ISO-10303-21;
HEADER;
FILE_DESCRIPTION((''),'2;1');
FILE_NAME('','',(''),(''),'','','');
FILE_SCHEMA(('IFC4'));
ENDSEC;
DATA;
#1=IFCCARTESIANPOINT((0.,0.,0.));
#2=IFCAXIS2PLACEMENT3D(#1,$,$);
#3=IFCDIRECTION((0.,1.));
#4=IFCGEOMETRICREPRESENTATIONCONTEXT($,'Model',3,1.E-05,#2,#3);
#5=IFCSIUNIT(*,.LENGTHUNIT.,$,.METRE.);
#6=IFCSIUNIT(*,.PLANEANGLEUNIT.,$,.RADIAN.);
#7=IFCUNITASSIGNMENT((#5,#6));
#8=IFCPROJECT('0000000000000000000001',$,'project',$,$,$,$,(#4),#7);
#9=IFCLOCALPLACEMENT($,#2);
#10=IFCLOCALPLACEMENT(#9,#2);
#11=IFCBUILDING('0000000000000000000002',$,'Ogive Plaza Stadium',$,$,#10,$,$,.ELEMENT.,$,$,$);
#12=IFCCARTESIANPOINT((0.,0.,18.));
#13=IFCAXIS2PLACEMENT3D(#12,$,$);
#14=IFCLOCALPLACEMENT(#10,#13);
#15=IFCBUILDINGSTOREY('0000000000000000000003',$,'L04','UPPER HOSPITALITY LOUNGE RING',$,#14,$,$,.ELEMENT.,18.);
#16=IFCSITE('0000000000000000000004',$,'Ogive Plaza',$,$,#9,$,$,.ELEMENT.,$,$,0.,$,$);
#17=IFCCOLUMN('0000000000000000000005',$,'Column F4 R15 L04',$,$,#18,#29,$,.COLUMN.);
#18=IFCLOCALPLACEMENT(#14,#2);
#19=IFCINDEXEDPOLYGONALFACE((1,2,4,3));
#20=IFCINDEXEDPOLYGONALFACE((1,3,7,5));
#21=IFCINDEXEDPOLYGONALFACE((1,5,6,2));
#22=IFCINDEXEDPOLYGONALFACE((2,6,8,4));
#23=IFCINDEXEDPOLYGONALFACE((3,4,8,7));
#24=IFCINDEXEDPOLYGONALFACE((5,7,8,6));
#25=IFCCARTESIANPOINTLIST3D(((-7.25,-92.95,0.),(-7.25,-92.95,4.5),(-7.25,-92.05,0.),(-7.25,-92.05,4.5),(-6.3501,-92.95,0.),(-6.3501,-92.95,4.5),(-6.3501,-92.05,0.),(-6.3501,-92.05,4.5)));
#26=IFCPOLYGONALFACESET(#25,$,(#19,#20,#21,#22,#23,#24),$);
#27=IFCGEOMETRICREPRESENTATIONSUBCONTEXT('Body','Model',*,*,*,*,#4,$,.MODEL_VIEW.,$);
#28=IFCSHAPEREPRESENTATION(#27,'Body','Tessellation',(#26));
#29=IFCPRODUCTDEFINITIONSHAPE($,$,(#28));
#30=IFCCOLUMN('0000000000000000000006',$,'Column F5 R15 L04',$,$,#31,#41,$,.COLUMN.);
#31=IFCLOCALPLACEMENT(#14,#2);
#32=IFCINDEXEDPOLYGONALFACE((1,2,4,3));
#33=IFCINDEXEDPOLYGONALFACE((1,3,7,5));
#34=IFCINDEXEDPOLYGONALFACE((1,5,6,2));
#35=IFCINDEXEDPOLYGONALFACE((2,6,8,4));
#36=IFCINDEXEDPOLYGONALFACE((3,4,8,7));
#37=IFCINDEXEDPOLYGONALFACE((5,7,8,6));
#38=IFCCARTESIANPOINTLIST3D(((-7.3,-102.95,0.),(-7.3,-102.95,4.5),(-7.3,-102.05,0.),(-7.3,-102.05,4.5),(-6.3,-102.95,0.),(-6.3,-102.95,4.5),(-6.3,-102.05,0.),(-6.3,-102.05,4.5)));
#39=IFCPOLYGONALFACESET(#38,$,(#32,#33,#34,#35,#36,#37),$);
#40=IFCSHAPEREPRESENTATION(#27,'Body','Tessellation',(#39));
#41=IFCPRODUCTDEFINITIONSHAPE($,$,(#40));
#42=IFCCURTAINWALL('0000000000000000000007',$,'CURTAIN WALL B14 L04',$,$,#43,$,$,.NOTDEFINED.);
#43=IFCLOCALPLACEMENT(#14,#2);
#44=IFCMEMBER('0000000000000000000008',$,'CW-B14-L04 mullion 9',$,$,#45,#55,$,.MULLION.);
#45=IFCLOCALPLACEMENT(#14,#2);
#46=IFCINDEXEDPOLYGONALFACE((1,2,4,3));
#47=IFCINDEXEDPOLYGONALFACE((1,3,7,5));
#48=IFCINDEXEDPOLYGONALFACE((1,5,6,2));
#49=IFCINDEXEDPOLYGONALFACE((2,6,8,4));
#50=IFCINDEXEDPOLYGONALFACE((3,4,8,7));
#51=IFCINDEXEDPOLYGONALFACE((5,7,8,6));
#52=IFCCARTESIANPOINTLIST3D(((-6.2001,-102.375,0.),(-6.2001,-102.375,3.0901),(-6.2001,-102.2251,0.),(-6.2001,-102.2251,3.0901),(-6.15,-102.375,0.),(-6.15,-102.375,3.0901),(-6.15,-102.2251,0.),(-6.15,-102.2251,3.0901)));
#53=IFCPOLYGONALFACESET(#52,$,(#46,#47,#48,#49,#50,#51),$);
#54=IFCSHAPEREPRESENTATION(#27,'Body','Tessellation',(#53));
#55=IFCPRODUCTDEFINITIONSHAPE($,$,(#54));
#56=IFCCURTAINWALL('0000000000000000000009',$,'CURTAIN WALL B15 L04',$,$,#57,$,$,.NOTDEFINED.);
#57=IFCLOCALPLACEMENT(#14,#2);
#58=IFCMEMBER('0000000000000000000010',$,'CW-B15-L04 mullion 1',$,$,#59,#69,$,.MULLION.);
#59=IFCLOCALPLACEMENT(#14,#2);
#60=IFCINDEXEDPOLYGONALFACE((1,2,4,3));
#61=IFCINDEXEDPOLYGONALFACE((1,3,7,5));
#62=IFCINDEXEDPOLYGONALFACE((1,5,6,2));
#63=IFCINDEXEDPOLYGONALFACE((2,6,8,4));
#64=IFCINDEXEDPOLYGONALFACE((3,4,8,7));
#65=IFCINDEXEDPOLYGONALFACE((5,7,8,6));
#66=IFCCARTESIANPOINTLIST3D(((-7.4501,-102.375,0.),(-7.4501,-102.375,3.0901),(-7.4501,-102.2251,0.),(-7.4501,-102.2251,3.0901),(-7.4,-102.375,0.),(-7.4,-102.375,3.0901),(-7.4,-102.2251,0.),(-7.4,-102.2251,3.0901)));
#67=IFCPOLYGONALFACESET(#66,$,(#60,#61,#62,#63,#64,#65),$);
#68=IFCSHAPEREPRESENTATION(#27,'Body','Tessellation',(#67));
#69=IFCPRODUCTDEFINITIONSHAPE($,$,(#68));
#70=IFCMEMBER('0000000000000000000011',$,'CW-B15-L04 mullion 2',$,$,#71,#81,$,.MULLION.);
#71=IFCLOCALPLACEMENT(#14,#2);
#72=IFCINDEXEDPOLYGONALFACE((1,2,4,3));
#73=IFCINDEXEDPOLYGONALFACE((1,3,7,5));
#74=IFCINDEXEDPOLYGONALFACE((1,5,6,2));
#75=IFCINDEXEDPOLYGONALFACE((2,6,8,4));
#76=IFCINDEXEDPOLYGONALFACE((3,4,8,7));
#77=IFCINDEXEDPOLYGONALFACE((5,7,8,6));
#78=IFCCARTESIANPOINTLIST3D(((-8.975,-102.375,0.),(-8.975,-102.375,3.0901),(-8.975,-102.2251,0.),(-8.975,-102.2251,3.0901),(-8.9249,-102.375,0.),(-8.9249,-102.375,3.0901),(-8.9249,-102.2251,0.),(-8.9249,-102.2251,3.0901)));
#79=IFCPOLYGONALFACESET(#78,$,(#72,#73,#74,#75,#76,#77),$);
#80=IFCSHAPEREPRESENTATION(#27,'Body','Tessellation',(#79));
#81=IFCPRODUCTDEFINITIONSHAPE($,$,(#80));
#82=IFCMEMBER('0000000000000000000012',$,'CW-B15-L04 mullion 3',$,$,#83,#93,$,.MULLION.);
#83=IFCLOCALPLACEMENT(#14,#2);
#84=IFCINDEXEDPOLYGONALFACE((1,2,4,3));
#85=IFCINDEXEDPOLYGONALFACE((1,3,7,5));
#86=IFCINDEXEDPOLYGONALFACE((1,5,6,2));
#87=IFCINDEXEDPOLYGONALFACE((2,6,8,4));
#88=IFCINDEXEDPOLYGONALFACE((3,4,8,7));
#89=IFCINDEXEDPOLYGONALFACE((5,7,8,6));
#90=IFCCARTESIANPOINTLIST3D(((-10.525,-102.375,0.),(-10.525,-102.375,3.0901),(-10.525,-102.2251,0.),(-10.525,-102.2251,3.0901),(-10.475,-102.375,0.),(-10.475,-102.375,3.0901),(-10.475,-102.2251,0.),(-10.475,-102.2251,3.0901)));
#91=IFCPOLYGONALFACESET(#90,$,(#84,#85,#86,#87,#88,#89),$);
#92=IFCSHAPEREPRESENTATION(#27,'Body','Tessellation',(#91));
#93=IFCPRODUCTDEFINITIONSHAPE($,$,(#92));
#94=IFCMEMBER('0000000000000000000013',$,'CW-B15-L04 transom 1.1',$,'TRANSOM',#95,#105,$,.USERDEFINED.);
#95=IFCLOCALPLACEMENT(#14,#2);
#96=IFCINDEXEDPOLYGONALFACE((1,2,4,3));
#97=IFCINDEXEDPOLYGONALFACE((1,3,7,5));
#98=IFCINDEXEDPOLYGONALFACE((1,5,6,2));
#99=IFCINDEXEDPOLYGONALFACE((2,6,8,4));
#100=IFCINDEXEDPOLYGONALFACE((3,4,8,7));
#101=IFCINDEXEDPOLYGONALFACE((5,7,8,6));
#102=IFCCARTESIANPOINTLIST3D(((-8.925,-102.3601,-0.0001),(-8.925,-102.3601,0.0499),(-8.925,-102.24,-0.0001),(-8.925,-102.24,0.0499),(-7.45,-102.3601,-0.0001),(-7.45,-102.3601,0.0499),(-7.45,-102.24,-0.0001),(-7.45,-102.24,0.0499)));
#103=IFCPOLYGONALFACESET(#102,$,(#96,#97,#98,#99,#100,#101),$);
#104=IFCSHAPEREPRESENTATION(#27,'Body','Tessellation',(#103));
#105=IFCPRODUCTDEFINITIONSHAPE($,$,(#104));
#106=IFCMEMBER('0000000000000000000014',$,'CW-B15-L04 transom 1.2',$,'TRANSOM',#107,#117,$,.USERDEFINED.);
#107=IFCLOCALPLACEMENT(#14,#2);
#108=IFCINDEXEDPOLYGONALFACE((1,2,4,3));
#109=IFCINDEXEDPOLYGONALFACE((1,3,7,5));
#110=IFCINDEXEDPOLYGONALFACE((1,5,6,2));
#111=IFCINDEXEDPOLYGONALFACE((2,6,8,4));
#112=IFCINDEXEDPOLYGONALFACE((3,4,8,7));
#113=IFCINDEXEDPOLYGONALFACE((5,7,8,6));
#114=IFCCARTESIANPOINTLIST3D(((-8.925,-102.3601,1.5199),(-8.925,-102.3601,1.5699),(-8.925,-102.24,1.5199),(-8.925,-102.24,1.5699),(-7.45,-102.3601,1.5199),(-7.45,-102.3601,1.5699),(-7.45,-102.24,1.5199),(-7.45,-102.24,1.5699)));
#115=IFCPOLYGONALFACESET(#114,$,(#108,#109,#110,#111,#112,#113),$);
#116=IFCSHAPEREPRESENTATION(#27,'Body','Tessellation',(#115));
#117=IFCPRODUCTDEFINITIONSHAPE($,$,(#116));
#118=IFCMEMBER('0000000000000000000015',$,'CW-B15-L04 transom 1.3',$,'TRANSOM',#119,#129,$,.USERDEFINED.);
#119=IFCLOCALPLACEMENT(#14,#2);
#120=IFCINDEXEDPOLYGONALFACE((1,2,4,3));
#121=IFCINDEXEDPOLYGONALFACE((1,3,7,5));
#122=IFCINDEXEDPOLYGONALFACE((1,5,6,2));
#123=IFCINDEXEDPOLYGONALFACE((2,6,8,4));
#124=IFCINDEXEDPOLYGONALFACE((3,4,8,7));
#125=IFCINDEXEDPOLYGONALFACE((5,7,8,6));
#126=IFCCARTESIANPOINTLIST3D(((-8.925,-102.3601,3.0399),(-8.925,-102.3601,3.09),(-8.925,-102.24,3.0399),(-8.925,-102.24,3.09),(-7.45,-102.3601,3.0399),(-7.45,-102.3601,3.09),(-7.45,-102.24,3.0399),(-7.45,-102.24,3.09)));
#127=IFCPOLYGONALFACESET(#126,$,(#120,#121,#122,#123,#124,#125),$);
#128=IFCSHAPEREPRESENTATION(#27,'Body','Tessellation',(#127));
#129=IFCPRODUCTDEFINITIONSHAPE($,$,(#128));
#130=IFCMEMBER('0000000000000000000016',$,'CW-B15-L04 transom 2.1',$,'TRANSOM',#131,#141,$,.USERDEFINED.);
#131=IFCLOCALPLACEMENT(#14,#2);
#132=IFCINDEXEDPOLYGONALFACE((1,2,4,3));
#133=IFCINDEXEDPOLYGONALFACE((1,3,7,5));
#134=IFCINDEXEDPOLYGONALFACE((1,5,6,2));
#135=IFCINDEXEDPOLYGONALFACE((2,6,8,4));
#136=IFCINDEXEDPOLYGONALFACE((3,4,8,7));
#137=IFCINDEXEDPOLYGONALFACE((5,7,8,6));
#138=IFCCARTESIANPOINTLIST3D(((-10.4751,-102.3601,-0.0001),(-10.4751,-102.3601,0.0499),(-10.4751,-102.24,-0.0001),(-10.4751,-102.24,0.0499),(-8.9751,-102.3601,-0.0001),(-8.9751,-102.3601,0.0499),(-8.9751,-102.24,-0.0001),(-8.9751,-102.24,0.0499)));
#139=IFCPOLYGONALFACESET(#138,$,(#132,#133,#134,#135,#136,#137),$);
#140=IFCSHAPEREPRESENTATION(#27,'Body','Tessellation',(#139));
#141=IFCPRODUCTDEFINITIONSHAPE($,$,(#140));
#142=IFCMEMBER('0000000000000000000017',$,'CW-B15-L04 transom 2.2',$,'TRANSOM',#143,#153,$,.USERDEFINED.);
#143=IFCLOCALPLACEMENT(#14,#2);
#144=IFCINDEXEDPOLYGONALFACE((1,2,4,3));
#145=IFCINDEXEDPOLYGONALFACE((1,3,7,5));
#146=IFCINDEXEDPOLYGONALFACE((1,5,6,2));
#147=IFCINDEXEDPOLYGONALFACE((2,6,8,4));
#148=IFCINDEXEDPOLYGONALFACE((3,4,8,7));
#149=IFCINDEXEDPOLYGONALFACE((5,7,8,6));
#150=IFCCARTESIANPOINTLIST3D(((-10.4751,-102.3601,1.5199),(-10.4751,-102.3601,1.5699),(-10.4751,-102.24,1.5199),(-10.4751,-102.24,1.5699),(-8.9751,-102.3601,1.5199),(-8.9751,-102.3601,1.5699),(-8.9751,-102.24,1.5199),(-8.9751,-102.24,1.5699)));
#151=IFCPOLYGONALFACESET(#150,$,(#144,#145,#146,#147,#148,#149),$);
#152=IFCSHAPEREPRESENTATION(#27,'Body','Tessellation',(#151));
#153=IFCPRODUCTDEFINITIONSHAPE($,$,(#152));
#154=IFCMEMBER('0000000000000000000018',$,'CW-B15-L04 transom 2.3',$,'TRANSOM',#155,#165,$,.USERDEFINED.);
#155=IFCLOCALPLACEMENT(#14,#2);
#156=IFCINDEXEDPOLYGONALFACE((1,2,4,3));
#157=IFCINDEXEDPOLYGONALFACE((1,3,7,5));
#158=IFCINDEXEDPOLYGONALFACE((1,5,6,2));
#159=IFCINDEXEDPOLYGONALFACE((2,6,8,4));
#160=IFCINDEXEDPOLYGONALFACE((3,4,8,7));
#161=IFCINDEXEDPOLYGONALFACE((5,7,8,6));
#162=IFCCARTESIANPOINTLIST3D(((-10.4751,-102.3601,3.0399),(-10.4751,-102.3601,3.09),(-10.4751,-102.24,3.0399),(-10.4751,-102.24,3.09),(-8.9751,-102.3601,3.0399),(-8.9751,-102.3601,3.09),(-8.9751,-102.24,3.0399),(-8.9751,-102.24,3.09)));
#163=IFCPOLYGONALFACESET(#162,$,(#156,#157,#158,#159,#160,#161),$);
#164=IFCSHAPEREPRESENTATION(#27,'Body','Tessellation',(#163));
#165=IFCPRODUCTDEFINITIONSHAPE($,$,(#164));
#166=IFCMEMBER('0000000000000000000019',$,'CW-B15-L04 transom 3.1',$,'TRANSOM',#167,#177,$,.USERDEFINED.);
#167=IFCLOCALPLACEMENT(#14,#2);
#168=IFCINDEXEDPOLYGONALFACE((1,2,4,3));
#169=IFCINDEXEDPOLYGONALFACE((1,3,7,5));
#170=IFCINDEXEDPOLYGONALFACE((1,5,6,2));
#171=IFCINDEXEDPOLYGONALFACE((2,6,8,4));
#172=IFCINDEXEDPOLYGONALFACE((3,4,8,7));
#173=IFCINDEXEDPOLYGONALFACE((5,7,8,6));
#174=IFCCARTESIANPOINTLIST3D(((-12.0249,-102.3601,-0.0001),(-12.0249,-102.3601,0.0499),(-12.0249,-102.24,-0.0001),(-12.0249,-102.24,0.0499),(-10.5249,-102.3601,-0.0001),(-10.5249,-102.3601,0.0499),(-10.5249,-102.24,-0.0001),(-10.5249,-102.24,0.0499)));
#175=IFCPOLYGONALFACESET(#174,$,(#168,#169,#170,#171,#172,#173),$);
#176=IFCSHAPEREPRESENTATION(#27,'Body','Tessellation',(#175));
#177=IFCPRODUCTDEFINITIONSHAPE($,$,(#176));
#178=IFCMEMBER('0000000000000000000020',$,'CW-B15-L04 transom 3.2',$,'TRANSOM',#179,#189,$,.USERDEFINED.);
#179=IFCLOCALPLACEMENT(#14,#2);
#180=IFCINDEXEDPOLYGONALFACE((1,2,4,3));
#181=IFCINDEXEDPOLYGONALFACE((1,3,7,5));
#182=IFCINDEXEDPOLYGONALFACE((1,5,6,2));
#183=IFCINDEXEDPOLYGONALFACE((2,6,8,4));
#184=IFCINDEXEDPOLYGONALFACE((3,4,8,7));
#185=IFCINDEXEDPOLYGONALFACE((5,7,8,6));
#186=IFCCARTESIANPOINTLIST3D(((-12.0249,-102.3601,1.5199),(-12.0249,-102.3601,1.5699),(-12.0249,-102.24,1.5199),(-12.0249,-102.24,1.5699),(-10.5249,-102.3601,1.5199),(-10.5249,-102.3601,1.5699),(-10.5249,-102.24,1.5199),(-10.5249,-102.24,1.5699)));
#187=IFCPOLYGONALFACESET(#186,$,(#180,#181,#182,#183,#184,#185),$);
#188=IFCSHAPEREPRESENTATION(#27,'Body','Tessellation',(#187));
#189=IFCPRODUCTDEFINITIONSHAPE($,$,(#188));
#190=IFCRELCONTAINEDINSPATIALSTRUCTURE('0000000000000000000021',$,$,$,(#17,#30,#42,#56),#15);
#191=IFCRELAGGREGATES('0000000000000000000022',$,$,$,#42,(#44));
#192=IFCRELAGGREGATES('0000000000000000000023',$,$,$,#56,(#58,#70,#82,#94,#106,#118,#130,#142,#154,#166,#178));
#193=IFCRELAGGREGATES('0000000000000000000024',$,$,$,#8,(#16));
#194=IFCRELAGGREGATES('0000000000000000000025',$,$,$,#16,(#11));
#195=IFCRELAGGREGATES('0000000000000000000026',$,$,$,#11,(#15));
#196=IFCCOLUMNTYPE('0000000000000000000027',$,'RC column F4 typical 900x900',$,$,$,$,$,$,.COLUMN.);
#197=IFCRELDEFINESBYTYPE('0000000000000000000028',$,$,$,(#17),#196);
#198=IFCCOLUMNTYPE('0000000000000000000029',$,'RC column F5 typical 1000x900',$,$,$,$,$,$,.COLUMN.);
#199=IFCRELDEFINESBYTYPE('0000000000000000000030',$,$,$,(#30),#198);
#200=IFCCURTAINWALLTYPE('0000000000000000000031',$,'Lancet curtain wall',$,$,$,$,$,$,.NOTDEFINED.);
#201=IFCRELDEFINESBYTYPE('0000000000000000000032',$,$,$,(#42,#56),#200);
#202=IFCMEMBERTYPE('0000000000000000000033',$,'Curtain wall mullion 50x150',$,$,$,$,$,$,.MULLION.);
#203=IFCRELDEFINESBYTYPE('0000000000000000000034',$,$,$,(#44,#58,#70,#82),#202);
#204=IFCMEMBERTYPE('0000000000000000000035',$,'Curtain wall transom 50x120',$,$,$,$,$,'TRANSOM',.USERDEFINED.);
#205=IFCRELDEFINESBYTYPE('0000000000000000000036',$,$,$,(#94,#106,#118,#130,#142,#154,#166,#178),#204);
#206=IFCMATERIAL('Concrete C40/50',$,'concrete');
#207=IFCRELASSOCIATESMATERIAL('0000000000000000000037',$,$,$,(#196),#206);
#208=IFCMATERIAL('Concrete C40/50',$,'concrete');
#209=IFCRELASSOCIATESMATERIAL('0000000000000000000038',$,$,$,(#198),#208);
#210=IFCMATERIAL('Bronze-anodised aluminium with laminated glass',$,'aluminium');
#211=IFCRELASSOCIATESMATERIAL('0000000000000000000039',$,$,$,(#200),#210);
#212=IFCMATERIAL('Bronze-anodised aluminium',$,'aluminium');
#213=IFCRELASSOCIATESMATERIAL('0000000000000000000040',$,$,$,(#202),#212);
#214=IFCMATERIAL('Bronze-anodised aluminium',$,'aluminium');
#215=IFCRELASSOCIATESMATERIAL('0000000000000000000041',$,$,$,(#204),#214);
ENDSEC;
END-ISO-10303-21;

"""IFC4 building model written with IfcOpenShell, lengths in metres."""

from ifc_helpers import new_model, si_unit, direction, frame, origin, origin_2d, place, context, subcontext, project, spatial, rectangle, extrude, material, material_profile, profile_set, type_object, element, aggregate, save


model = new_model("IFC4")

# Units and contexts
model_context = context("Model", 3, precision=1e-05, world=origin(), true_north=direction((0.0, 1.0)))
body_context = subcontext(model_context, "Body", "Model", "MODEL_VIEW")
ifc_project = project(units=[si_unit("LENGTHUNIT", "METRE"), si_unit("PLANEANGLEUNIT", "RADIAN")], contexts=[model_context])

# Site, building, storey
site_placement = place(None, origin())
site = spatial("IfcSite", under=ifc_project, at=site_placement, Name="Ogive Plaza", CompositionType="ELEMENT", RefElevation=0.0)
building_placement = place(site_placement, origin())
building = spatial("IfcBuilding", under=site, at=building_placement, Name="Ogive Plaza Stadium", CompositionType="ELEMENT")
storey_placement = place(building_placement, frame((0.0, 0.0, 18.0)))
storey = spatial("IfcBuildingStorey", under=building, at=storey_placement, Name="L04", Description="UPPER HOSPITALITY LOUNGE RING", CompositionType="ELEMENT", Elevation=18.0)

# Columns
ifc_material_1 = material(Name="Concrete C40/50", Category="concrete")
ifc_material_profile_1 = material_profile(ifc_material_1, rectangle(XDim=0.8999, YDim=0.8999, at=origin_2d()), Name="RC 900x900")
ifc_profile_set_1 = profile_set([ifc_material_profile_1], Name="Concrete C40/50")
column_type_1 = type_object("IfcColumnType", Name="RC column F4 typical 900x900", PredefinedType="COLUMN", material=ifc_profile_set_1)
column_1_placement = place(storey_placement, frame((-6.8, -92.5, 0.0), z_axis=(0.0, 0.0, 1.0), x_axis=(1.0, 0.0, 0.0)))
element("IfcColumn", 1, at=column_1_placement, inside=storey, type_object=column_type_1, Name="Column F4 R15 L04", PredefinedType="COLUMN", context=body_context, shape_type="SweptSolid", body=[
    extrude(rectangle(XDim=0.8999, YDim=0.8999, at=origin_2d()), origin(), (0.0, 0.0, 1.0), 4.5),
])
ifc_material_2 = material(Name="Concrete C40/50", Category="concrete")
ifc_material_profile_2 = material_profile(ifc_material_2, rectangle(XDim=1.0, YDim=0.8999, at=origin_2d()), Name="RC 1000x900")
ifc_profile_set_2 = profile_set([ifc_material_profile_2], Name="Concrete C40/50")
column_type_2 = type_object("IfcColumnType", Name="RC column F5 typical 1000x900", PredefinedType="COLUMN", material=ifc_profile_set_2)
column_2_placement = place(storey_placement, frame((-6.8, -102.5, 0.0), z_axis=(0.0, 0.0, 1.0), x_axis=(1.0, 0.0, 0.0)))
element("IfcColumn", 2, at=column_2_placement, inside=storey, type_object=column_type_2, Name="Column F5 R15 L04", PredefinedType="COLUMN", context=body_context, shape_type="SweptSolid", body=[
    extrude(rectangle(XDim=1.0, YDim=0.8999, at=origin_2d()), origin(), (0.0, 0.0, 1.0), 4.5),
])

# Curtain wall, member
ifc_material_3 = material(Name="Bronze-anodised aluminium with laminated glass", Category="aluminium")
curtain_wall_type = type_object("IfcCurtainWallType", Name="Lancet curtain wall", PredefinedType="NOTDEFINED", material=ifc_material_3)
curtain_wall_1_placement = place(storey_placement, origin())
curtain_wall_1 = element("IfcCurtainWall", 3, at=curtain_wall_1_placement, inside=storey, type_object=curtain_wall_type, Name="CURTAIN WALL B14 L04", PredefinedType="NOTDEFINED")
ifc_material_4 = material(Name="Bronze-anodised aluminium", Category="aluminium")
ifc_material_profile_3 = material_profile(ifc_material_4, rectangle(XDim=0.1499, YDim=0.05, at=origin_2d()), Name="AL 150x50")
ifc_profile_set_3 = profile_set([ifc_material_profile_3], Name="Bronze-anodised aluminium")
member_type_1 = type_object("IfcMemberType", Name="Curtain wall mullion 50x150", PredefinedType="MULLION", material=ifc_profile_set_3)
member_1_placement = place(storey_placement, frame((-6.175, -102.3, 0.0), z_axis=(0.0, 0.0, 1.0), x_axis=(0.0, -1.0, 0.0)))
member_1 = element("IfcMember", 4, at=member_1_placement, type_object=member_type_1, Name="CW-B14-L04 mullion 9", PredefinedType="MULLION", context=body_context, shape_type="SweptSolid", body=[
    extrude(rectangle(XDim=0.1499, YDim=0.05, at=origin_2d()), origin(), (0.0, 0.0, 1.0), 3.0901),
])
aggregate(curtain_wall_1, [member_1])

# Curtain wall, members
curtain_wall_2_placement = place(storey_placement, origin())
curtain_wall_2 = element("IfcCurtainWall", 5, at=curtain_wall_2_placement, inside=storey, type_object=curtain_wall_type, Name="CURTAIN WALL B15 L04", PredefinedType="NOTDEFINED")
member_2_placement = place(storey_placement, frame((-7.425, -102.3, 0.0), z_axis=(0.0, 0.0, 1.0), x_axis=(0.0, -1.0, 0.0)))
member_2 = element("IfcMember", 6, at=member_2_placement, type_object=member_type_1, Name="CW-B15-L04 mullion 1", PredefinedType="MULLION", context=body_context, shape_type="SweptSolid", body=[
    extrude(rectangle(XDim=0.1499, YDim=0.05, at=origin_2d()), origin(), (0.0, 0.0, 1.0), 3.0901),
])
member_3_placement = place(storey_placement, frame((-8.95, -102.3, 0.0), z_axis=(0.0, 0.0, 1.0), x_axis=(0.0, -1.0, 0.0)))
member_3 = element("IfcMember", 7, at=member_3_placement, type_object=member_type_1, Name="CW-B15-L04 mullion 2", PredefinedType="MULLION", context=body_context, shape_type="SweptSolid", body=[
    extrude(rectangle(XDim=0.1499, YDim=0.05, at=origin_2d()), origin(), (0.0, 0.0, 1.0), 3.0901),
])
member_4_placement = place(storey_placement, frame((-10.5, -102.3, 0.0), z_axis=(0.0, 0.0, 1.0), x_axis=(0.0, -1.0, 0.0)))
member_4 = element("IfcMember", 8, at=member_4_placement, type_object=member_type_1, Name="CW-B15-L04 mullion 3", PredefinedType="MULLION", context=body_context, shape_type="SweptSolid", body=[
    extrude(rectangle(XDim=0.1499, YDim=0.05, at=origin_2d()), origin(), (0.0, 0.0, 1.0), 3.0901),
])
ifc_material_5 = material(Name="Bronze-anodised aluminium", Category="aluminium")
ifc_material_profile_4 = material_profile(ifc_material_5, rectangle(XDim=0.1201, YDim=0.05, at=origin_2d()), Name="AL 120x50")
ifc_profile_set_4 = profile_set([ifc_material_profile_4], Name="Bronze-anodised aluminium")
member_type_2 = type_object("IfcMemberType", Name="Curtain wall transom 50x120", ElementType="TRANSOM", PredefinedType="USERDEFINED", material=ifc_profile_set_4)
member_5_placement = place(storey_placement, frame((-7.45, -102.3, 0.0249), z_axis=(-1.0, 0.0, 0.0), x_axis=(0.0, -1.0, 0.0)))
member_5 = element("IfcMember", 9, at=member_5_placement, type_object=member_type_2, Name="CW-B15-L04 transom 1.1", ObjectType="TRANSOM", PredefinedType="USERDEFINED", context=body_context, shape_type="SweptSolid", body=[
    extrude(rectangle(XDim=0.1201, YDim=0.05, at=origin_2d()), origin(), (0.0, 0.0, 1.0), 1.4751),
])
member_6_placement = place(storey_placement, frame((-7.45, -102.3, 1.5449), z_axis=(-1.0, 0.0, 0.0), x_axis=(0.0, -1.0, 0.0)))
member_6 = element("IfcMember", 10, at=member_6_placement, type_object=member_type_2, Name="CW-B15-L04 transom 1.2", ObjectType="TRANSOM", PredefinedType="USERDEFINED", context=body_context, shape_type="SweptSolid", body=[
    extrude(rectangle(XDim=0.1201, YDim=0.05, at=origin_2d()), origin(), (0.0, 0.0, 1.0), 1.4751),
])
member_7_placement = place(storey_placement, frame((-7.45, -102.3, 3.0649), z_axis=(-1.0, 0.0, 0.0), x_axis=(0.0, -1.0, 0.0)))
member_7 = element("IfcMember", 11, at=member_7_placement, type_object=member_type_2, Name="CW-B15-L04 transom 1.3", ObjectType="TRANSOM", PredefinedType="USERDEFINED", context=body_context, shape_type="SweptSolid", body=[
    extrude(rectangle(XDim=0.1201, YDim=0.05, at=origin_2d()), origin(), (0.0, 0.0, 1.0), 1.4751),
])
member_8_placement = place(storey_placement, frame((-8.9751, -102.3, 0.0249), z_axis=(-1.0, 0.0, 0.0), x_axis=(0.0, -1.0, 0.0)))
member_8 = element("IfcMember", 12, at=member_8_placement, type_object=member_type_2, Name="CW-B15-L04 transom 2.1", ObjectType="TRANSOM", PredefinedType="USERDEFINED", context=body_context, shape_type="SweptSolid", body=[
    extrude(rectangle(XDim=0.1201, YDim=0.05, at=origin_2d()), origin(), (0.0, 0.0, 1.0), 1.5),
])
member_9_placement = place(storey_placement, frame((-8.9751, -102.3, 1.5449), z_axis=(-1.0, 0.0, 0.0), x_axis=(0.0, -1.0, 0.0)))
member_9 = element("IfcMember", 13, at=member_9_placement, type_object=member_type_2, Name="CW-B15-L04 transom 2.2", ObjectType="TRANSOM", PredefinedType="USERDEFINED", context=body_context, shape_type="SweptSolid", body=[
    extrude(rectangle(XDim=0.1201, YDim=0.05, at=origin_2d()), origin(), (0.0, 0.0, 1.0), 1.5),
])
member_10_placement = place(storey_placement, frame((-8.9751, -102.3, 3.0649), z_axis=(-1.0, 0.0, 0.0), x_axis=(0.0, -1.0, 0.0)))
member_10 = element("IfcMember", 14, at=member_10_placement, type_object=member_type_2, Name="CW-B15-L04 transom 2.3", ObjectType="TRANSOM", PredefinedType="USERDEFINED", context=body_context, shape_type="SweptSolid", body=[
    extrude(rectangle(XDim=0.1201, YDim=0.05, at=origin_2d()), origin(), (0.0, 0.0, 1.0), 1.5),
])
member_11_placement = place(storey_placement, frame((-10.5249, -102.3, 0.0249), z_axis=(-1.0, 0.0, 0.0), x_axis=(0.0, -1.0, 0.0)))
member_11 = element("IfcMember", 15, at=member_11_placement, type_object=member_type_2, Name="CW-B15-L04 transom 3.1", ObjectType="TRANSOM", PredefinedType="USERDEFINED", context=body_context, shape_type="SweptSolid", body=[
    extrude(rectangle(XDim=0.1201, YDim=0.05, at=origin_2d()), origin(), (0.0, 0.0, 1.0), 1.5),
])
member_12_placement = place(storey_placement, frame((-10.5249, -102.3, 1.5449), z_axis=(-1.0, 0.0, 0.0), x_axis=(0.0, -1.0, 0.0)))
member_12 = element("IfcMember", 16, at=member_12_placement, type_object=member_type_2, Name="CW-B15-L04 transom 3.2", ObjectType="TRANSOM", PredefinedType="USERDEFINED", context=body_context, shape_type="SweptSolid", body=[
    extrude(rectangle(XDim=0.1201, YDim=0.05, at=origin_2d()), origin(), (0.0, 0.0, 1.0), 1.5),
])

aggregate(curtain_wall_2, [member_2, member_3, member_4, member_5, member_6, member_7, member_8, member_9, member_10, member_11, member_12])

save(model, "model.ifc")
